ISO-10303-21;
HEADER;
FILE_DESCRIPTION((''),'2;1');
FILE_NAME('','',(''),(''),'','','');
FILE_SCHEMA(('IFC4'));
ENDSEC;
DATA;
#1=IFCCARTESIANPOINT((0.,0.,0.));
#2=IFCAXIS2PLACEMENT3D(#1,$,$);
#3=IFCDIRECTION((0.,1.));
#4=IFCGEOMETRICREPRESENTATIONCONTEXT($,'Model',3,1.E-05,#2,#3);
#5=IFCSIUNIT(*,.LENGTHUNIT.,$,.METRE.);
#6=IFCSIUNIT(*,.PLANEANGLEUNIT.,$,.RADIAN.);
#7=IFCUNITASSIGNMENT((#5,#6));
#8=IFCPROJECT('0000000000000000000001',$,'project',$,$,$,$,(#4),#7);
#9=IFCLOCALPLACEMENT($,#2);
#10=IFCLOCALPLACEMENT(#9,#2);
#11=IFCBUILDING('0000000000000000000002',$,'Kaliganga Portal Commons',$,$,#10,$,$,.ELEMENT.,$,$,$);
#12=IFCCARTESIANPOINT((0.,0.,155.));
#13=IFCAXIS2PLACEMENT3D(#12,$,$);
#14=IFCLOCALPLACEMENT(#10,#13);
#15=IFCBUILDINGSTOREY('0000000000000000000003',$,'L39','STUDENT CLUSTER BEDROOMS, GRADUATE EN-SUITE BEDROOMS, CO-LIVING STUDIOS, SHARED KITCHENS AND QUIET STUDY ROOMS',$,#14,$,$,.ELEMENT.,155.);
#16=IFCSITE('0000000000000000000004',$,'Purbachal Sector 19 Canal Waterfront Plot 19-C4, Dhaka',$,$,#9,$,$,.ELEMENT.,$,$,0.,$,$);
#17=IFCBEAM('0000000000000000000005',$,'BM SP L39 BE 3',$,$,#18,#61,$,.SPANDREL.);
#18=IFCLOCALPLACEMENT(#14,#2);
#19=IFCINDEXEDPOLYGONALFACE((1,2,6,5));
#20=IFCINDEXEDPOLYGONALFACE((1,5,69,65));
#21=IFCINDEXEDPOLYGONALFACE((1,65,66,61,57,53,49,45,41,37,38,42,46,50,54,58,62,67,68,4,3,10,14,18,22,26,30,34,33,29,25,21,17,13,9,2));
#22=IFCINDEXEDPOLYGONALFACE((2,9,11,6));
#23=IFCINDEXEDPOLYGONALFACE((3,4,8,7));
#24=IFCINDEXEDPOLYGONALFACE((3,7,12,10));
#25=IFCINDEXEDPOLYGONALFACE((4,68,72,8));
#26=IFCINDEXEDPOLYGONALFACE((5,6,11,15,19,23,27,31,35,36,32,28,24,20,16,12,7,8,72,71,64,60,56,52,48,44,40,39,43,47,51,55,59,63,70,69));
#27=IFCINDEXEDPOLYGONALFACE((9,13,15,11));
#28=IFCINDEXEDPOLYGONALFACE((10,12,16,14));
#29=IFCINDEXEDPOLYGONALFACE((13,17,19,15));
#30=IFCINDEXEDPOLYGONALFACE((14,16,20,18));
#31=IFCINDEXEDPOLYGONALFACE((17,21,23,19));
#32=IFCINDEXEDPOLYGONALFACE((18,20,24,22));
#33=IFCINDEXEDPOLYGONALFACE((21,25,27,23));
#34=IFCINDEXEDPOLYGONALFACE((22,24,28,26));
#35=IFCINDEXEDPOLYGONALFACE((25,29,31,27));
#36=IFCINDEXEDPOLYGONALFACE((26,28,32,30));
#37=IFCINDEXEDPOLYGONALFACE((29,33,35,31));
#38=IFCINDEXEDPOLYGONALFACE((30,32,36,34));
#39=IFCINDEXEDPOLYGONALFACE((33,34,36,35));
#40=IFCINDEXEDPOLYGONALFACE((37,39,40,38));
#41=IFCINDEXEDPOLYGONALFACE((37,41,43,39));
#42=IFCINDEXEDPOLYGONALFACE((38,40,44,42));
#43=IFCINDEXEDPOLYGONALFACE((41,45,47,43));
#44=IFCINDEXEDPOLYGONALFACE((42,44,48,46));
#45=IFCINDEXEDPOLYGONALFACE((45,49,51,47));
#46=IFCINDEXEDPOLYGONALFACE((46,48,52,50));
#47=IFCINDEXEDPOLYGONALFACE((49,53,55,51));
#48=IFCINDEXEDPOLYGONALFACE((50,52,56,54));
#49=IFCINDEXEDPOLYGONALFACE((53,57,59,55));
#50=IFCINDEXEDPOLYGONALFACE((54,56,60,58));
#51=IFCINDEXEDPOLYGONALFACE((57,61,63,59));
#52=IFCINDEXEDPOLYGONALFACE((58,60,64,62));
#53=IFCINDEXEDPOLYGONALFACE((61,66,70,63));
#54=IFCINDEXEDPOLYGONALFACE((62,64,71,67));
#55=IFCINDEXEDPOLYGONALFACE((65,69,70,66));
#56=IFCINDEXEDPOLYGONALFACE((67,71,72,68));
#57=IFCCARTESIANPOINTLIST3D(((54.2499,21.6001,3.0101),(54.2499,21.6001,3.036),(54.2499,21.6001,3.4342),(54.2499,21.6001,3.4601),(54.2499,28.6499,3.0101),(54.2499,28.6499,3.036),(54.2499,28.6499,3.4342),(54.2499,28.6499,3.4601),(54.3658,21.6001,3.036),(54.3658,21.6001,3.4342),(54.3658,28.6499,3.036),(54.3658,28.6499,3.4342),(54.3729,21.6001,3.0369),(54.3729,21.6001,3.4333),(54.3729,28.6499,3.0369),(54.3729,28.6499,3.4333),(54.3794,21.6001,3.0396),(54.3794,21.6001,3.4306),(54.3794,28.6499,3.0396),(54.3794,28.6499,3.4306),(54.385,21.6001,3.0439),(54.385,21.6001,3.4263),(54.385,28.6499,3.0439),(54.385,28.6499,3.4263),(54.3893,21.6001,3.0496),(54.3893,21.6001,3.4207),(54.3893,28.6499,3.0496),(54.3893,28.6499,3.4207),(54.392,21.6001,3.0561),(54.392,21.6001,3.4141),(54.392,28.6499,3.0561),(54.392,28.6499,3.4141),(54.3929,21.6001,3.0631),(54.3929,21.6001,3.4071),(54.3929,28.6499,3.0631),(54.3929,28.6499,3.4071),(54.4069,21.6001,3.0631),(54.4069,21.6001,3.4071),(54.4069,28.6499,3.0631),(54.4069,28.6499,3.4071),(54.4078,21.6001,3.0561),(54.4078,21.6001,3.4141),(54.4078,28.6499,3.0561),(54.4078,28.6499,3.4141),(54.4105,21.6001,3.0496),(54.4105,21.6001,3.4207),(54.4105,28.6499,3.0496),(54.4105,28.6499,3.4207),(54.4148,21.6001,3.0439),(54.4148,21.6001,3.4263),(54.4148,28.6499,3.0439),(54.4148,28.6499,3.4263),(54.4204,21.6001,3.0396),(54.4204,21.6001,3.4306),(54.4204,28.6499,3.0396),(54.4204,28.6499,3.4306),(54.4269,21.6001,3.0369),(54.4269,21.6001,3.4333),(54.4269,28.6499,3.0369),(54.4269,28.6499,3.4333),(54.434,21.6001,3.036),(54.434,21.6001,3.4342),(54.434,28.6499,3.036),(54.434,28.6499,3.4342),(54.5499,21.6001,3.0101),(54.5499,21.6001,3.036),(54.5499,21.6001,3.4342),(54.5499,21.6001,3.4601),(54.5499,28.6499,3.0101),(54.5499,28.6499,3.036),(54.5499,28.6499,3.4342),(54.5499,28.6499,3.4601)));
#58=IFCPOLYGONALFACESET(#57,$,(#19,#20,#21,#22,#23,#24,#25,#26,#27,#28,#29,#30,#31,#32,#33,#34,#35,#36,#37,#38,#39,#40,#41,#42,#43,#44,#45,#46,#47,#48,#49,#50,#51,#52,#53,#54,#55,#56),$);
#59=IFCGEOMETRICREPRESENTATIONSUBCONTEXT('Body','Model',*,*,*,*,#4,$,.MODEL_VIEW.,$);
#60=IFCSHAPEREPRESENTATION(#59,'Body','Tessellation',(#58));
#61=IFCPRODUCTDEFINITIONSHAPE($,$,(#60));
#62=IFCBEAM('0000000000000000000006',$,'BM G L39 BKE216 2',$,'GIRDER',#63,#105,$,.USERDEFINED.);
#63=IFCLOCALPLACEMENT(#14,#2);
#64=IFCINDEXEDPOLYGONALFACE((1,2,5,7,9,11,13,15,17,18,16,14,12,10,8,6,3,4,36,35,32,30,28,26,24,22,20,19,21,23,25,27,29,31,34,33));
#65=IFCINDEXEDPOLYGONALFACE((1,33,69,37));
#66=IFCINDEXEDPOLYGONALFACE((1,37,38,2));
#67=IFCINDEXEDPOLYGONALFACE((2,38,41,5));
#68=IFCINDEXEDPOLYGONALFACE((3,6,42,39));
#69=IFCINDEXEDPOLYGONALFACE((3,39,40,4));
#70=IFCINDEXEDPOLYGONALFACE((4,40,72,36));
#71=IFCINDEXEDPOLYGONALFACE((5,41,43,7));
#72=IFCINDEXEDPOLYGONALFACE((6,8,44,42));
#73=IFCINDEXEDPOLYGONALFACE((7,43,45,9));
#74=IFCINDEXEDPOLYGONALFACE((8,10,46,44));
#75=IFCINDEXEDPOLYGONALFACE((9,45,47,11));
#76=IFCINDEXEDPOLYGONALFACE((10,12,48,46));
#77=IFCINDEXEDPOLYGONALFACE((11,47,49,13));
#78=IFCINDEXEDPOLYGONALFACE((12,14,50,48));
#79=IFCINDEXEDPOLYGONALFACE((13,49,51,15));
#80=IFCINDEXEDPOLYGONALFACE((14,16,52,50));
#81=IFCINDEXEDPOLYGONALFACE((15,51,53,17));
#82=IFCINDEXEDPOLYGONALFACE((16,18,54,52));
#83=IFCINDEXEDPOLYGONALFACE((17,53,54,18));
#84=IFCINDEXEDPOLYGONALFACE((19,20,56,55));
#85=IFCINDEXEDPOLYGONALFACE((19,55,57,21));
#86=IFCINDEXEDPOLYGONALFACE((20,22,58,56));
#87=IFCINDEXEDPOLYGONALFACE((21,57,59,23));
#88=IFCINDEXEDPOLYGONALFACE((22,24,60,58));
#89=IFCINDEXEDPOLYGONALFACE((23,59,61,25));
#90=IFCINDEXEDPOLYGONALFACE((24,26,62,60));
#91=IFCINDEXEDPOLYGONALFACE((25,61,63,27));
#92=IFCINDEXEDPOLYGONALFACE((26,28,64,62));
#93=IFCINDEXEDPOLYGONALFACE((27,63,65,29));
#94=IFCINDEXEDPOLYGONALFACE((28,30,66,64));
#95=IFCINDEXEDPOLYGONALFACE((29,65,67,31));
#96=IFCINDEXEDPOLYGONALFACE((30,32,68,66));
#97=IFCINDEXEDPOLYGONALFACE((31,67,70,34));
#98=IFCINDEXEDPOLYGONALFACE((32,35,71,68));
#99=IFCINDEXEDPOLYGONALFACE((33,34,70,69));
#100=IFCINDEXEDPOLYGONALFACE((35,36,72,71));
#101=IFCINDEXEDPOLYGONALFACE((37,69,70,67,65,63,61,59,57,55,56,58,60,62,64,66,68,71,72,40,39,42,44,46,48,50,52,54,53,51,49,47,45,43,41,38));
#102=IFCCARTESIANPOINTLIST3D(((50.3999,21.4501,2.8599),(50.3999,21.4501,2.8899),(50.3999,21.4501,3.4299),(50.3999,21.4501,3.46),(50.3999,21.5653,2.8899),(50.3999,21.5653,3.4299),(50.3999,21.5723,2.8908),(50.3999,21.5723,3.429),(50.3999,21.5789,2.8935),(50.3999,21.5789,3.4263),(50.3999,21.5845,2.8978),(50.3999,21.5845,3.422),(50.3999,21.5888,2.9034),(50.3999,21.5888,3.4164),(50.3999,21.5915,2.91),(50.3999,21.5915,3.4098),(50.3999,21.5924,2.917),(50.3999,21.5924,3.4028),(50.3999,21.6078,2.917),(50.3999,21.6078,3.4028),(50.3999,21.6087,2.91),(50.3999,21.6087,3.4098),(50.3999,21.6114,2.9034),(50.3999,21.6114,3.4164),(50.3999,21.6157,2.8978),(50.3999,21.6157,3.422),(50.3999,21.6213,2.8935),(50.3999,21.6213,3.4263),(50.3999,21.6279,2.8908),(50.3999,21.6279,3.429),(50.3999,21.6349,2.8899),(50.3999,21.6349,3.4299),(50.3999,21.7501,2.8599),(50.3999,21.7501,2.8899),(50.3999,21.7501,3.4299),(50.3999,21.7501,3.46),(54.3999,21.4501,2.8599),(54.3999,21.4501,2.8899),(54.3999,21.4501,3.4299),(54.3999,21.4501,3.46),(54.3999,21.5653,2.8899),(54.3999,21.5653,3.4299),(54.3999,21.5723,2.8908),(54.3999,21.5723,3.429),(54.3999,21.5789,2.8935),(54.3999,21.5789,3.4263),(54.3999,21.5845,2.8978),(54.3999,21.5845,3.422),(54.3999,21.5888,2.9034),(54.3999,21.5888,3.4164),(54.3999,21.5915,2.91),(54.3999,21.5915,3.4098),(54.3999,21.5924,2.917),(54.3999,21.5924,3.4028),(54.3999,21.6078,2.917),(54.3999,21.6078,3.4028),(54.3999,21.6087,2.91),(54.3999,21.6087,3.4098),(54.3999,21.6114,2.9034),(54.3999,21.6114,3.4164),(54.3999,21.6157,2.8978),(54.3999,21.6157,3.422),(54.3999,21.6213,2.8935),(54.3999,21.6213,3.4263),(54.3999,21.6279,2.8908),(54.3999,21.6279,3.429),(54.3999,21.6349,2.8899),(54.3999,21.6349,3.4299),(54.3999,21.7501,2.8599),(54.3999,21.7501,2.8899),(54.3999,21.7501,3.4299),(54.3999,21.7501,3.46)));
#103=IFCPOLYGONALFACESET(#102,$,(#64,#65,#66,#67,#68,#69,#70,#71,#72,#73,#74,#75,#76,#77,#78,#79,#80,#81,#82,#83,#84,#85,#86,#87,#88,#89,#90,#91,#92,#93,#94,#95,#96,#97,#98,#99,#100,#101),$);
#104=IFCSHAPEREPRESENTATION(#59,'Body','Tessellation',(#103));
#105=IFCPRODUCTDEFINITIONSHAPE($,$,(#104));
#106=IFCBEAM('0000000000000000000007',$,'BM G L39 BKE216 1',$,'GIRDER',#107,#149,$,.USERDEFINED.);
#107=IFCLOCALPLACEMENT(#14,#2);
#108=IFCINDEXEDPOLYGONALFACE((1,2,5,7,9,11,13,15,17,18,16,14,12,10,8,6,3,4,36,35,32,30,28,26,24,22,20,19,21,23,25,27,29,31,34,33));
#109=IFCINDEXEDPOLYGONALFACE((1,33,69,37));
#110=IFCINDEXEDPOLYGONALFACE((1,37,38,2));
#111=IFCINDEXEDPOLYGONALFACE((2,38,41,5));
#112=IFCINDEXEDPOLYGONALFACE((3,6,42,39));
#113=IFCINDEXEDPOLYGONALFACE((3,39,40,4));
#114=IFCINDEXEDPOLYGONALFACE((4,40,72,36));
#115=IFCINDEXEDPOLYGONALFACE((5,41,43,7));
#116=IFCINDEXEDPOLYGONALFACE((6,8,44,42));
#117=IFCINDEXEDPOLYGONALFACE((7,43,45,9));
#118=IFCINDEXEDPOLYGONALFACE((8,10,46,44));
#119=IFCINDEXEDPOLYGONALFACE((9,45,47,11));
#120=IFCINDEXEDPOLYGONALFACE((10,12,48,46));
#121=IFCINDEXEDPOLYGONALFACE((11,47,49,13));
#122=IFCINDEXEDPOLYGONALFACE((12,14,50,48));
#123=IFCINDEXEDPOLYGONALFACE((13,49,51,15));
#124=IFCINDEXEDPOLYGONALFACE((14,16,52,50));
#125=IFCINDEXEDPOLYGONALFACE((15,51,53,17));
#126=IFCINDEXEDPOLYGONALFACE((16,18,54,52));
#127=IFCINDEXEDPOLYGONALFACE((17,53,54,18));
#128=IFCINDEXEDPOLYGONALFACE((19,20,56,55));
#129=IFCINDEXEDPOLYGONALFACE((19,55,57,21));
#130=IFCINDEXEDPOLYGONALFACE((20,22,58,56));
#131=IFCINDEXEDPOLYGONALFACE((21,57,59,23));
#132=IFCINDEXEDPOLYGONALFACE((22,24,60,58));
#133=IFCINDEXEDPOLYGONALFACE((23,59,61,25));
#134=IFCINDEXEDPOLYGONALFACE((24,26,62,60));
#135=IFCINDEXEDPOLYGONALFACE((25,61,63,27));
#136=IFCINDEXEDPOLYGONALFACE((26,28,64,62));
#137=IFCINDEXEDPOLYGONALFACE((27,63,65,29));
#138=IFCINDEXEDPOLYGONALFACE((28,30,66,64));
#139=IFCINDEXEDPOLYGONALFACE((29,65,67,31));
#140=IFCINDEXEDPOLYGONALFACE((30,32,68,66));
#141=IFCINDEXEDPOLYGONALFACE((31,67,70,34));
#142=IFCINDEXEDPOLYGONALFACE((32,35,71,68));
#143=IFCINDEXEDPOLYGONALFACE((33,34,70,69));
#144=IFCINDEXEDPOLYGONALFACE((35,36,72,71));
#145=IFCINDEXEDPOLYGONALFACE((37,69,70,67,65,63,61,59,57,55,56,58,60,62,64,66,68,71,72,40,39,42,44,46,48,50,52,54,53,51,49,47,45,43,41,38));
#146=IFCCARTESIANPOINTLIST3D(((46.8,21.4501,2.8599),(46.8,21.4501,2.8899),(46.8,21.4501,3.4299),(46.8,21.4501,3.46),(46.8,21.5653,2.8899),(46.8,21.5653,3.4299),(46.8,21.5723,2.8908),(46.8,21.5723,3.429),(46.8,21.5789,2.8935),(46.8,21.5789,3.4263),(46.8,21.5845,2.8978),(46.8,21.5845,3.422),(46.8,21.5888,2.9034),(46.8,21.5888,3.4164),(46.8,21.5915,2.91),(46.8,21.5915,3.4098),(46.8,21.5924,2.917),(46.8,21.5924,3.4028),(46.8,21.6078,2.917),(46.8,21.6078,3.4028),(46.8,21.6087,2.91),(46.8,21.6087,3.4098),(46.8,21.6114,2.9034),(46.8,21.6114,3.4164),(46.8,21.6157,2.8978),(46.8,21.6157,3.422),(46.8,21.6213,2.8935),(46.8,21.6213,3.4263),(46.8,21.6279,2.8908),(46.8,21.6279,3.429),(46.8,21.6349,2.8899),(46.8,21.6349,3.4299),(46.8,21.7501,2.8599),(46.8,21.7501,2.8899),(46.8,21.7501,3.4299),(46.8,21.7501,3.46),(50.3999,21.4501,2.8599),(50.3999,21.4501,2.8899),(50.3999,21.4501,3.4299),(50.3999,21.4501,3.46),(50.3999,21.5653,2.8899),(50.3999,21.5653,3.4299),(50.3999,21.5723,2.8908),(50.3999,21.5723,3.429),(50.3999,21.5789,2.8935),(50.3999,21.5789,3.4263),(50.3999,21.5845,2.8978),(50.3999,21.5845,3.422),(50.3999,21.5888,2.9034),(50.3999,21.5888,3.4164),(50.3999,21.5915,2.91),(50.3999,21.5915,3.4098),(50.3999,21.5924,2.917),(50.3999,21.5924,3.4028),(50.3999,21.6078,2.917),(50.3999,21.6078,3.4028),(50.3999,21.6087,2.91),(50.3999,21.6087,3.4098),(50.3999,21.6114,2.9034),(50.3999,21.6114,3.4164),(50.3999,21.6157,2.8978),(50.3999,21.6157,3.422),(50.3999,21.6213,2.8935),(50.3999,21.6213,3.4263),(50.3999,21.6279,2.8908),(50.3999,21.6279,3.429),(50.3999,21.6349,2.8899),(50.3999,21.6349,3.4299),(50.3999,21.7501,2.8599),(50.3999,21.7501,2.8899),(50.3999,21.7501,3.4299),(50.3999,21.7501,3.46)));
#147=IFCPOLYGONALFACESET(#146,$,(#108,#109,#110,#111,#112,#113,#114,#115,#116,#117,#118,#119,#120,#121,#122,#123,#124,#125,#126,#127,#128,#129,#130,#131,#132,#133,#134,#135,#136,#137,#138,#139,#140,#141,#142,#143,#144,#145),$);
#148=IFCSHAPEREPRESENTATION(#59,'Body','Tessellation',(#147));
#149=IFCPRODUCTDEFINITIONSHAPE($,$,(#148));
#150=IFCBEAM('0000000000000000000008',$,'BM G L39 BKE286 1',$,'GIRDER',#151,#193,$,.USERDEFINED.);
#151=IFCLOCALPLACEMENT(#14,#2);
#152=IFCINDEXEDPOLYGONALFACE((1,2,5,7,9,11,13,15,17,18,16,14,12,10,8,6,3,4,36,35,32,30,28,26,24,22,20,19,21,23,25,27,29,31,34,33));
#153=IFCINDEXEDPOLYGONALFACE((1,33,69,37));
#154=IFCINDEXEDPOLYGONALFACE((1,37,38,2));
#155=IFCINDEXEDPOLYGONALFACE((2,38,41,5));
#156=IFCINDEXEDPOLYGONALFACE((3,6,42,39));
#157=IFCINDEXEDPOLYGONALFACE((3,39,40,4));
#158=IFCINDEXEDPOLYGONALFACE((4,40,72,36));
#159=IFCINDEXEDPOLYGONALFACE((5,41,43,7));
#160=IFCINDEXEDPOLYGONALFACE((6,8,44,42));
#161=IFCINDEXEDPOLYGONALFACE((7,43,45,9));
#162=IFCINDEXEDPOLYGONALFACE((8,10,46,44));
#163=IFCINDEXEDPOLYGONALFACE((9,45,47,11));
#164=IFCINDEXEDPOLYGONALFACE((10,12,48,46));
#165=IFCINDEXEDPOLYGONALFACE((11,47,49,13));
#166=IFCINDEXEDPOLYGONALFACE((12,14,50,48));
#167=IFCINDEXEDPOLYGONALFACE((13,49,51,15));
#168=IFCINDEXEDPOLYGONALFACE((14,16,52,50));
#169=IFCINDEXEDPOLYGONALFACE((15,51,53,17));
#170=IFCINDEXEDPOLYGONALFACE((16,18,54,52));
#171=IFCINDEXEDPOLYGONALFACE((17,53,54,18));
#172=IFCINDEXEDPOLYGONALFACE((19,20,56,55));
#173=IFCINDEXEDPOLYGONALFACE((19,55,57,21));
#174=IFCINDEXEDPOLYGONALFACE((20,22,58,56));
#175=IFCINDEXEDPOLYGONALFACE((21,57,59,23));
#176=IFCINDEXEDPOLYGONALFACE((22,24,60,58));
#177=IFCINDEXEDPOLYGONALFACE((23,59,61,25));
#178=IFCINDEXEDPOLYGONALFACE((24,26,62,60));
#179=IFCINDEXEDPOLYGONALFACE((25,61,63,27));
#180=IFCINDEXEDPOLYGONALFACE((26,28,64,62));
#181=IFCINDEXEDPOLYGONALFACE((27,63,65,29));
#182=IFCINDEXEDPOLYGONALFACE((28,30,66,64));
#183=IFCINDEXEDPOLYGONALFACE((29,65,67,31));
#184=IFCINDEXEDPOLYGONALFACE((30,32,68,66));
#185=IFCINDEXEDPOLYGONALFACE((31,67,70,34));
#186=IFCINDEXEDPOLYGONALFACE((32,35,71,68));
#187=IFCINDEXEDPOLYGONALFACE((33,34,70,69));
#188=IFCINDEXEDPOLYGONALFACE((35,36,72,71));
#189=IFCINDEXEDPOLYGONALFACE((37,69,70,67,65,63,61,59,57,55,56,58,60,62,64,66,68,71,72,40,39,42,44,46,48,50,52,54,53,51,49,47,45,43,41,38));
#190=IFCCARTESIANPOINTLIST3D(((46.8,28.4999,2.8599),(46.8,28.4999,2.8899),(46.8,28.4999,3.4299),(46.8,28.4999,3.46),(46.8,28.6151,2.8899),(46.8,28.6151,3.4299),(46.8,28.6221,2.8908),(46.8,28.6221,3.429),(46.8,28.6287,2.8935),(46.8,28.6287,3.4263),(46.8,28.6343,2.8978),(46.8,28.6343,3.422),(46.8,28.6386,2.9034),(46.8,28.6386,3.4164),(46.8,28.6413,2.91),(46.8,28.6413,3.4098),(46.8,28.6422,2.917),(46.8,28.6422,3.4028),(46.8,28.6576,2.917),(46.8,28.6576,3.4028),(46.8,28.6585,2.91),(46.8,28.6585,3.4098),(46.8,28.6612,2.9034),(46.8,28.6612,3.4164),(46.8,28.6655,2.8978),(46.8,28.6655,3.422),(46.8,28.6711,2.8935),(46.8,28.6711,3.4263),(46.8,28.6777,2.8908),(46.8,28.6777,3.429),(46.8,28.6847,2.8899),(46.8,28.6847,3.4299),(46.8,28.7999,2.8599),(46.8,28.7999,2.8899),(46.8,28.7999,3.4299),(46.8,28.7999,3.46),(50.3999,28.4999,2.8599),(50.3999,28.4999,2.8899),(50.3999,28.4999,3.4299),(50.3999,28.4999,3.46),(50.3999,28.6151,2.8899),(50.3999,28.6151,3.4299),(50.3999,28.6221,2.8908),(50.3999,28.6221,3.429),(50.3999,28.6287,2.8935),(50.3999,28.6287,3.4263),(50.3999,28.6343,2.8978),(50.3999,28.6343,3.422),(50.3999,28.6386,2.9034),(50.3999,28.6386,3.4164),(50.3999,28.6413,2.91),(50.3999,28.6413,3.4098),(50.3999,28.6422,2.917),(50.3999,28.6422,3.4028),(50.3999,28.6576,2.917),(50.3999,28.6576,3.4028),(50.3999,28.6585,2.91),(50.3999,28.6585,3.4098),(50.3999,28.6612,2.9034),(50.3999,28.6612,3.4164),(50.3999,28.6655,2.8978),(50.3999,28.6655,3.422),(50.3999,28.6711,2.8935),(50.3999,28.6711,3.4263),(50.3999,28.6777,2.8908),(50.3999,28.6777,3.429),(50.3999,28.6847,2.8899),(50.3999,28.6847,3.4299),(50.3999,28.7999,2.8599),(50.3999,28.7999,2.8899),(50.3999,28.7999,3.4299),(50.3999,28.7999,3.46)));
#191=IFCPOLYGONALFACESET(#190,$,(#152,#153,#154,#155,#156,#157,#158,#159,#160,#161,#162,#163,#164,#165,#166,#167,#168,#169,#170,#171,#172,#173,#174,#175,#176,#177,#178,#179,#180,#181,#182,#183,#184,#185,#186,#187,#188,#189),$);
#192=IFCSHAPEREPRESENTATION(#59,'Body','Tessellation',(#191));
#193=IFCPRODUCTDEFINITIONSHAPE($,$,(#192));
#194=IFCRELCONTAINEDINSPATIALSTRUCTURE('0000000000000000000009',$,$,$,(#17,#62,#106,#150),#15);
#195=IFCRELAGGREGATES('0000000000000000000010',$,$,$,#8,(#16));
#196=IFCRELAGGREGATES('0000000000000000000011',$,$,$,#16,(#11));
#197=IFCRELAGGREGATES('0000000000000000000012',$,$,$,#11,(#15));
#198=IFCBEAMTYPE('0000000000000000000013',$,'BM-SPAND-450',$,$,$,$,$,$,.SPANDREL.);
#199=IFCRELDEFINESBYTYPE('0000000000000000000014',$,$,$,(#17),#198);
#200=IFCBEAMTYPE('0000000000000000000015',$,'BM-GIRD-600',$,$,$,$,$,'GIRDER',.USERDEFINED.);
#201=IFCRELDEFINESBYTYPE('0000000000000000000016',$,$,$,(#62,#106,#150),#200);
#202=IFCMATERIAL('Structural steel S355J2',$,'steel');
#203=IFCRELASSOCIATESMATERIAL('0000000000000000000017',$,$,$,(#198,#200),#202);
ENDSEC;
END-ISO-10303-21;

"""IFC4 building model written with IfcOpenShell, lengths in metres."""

from ifc_helpers import new_model, si_unit, direction, frame, origin, origin_2d, place, context, subcontext, project, spatial, i_section, extrude, source, transform, mapped, material, material_profile, profile_set, type_object, element, save


model = new_model("IFC4")

# Units and contexts
model_context = context("Model", 3, precision=1e-05, world=origin(), true_north=direction((0.0, 1.0)))
body_context = subcontext(model_context, "Body", "Model", "MODEL_VIEW")
ifc_project = project(units=[si_unit("LENGTHUNIT", "METRE"), si_unit("PLANEANGLEUNIT", "RADIAN")], contexts=[model_context])

# Site, building, storey
site_placement = place(None, origin())
site = spatial("IfcSite", under=ifc_project, at=site_placement, Name="Purbachal Sector 19 Canal Waterfront Plot 19-C4, Dhaka", CompositionType="ELEMENT", RefElevation=0.0)
building_placement = place(site_placement, origin())
building = spatial("IfcBuilding", under=site, at=building_placement, Name="Kaliganga Portal Commons", CompositionType="ELEMENT")
storey_placement = place(building_placement, frame((0.0, 0.0, 155.0)))
storey = spatial("IfcBuildingStorey", under=building, at=storey_placement, Name="L39", Description="STUDENT CLUSTER BEDROOMS, GRADUATE EN-SUITE BEDROOMS, CO-LIVING STUDIOS, SHARED KITCHENS AND QUIET STUDY ROOMS", CompositionType="ELEMENT", Elevation=155.0)

# Beams
ifc_material_1 = material(Name="Structural steel S355J2", Category="steel")
ifc_material_profile_1 = material_profile(ifc_material_1, i_section(OverallWidth=0.3, OverallDepth=0.45, WebThickness=0.0139, FlangeThickness=0.0259, FilletRadius=0.0271, at=origin_2d()), Name="HE 450 B")
ifc_profile_set_1 = profile_set([ifc_material_profile_1], Name="Structural steel S355J2 wide-flange")
beam_type_1 = type_object("IfcBeamType", Name="BM-SPAND-450", PredefinedType="SPANDREL", material=ifc_profile_set_1)
shared_shape_1 = source(origin(), body_context, "Body", "SweptSolid", [
    extrude(i_section(OverallWidth=0.3, OverallDepth=0.45, WebThickness=0.0139, FlangeThickness=0.0259, FilletRadius=0.0271, at=origin_2d()), origin(), (0.0, 0.0, 1.0), 7.0498),
])
beam_1_placement = place(storey_placement, frame((54.3999, 21.6001, 3.2351), z_axis=(0.0, 1.0, 0.0), x_axis=(-1.0, 0.0, 0.0)))
element("IfcBeam", 1, at=beam_1_placement, inside=storey, type_object=beam_type_1, Name="BM SP L39 BE 3", PredefinedType="SPANDREL", context=body_context, shape_type="MappedRepresentation", body=[
    mapped(shared_shape_1, transform((0.0, 0.0, 0.0), x_axis=(1.0, 0.0, 0.0), y_axis=(0.0, 1.0, 0.0), z_axis=(0.0, 0.0, 1.0), scale=1.0)),
])
ifc_material_profile_2 = material_profile(ifc_material_1, i_section(OverallWidth=0.3, OverallDepth=0.6001, WebThickness=0.0154, FlangeThickness=0.03, FilletRadius=0.0271, at=origin_2d()), Name="HE 600 B")
ifc_profile_set_2 = profile_set([ifc_material_profile_2], Name="Structural steel S355J2 wide-flange")
beam_type_2 = type_object("IfcBeamType", Name="BM-GIRD-600", ElementType="GIRDER", PredefinedType="USERDEFINED", material=ifc_profile_set_2)
shared_shape_2 = source(origin(), body_context, "Body", "SweptSolid", [
    extrude(i_section(OverallWidth=0.3, OverallDepth=0.6001, WebThickness=0.0154, FlangeThickness=0.03, FilletRadius=0.0271, at=origin_2d()), origin(), (0.0, 0.0, 1.0), 4.0),
])
beam_2_placement = place(storey_placement, frame((50.3999, 21.6001, 3.1599), z_axis=(1.0, 0.0, 0.0), x_axis=(0.0, 1.0, 0.0)))
element("IfcBeam", 2, at=beam_2_placement, inside=storey, type_object=beam_type_2, Name="BM G L39 BKE216 2", ObjectType="GIRDER", PredefinedType="USERDEFINED", context=body_context, shape_type="MappedRepresentation", body=[
    mapped(shared_shape_2, transform((0.0, 0.0, 0.0), x_axis=(1.0, 0.0, 0.0), y_axis=(0.0, 1.0, 0.0), z_axis=(0.0, 0.0, 1.0), scale=1.0)),
])
shared_shape_3 = source(origin(), body_context, "Body", "SweptSolid", [
    extrude(i_section(OverallWidth=0.3, OverallDepth=0.6001, WebThickness=0.0154, FlangeThickness=0.03, FilletRadius=0.0271, at=origin_2d()), origin(), (0.0, 0.0, 1.0), 3.5999),
])
for number, where, z_axis, x_axis, name in (
    (3, (46.8, 21.6001, 3.1599), (1.0, 0.0, 0.0), (0.0, 1.0, 0.0), "BM G L39 BKE216 1"),
    (4, (46.8, 28.6499, 3.1599), (1.0, 0.0, 0.0), (0.0, 1.0, 0.0), "BM G L39 BKE286 1"),
):
    element("IfcBeam", number, at=place(storey_placement, frame(where, z_axis=z_axis, x_axis=x_axis)), inside=storey, type_object=beam_type_2, Name=name, ObjectType="GIRDER", PredefinedType="USERDEFINED", context=body_context, shape_type="MappedRepresentation", body=[
        mapped(shared_shape_3, transform((0.0, 0.0, 0.0), x_axis=(1.0, 0.0, 0.0), y_axis=(0.0, 1.0, 0.0), z_axis=(0.0, 0.0, 1.0), scale=1.0)),
    ])

save(model, "model.ifc")
